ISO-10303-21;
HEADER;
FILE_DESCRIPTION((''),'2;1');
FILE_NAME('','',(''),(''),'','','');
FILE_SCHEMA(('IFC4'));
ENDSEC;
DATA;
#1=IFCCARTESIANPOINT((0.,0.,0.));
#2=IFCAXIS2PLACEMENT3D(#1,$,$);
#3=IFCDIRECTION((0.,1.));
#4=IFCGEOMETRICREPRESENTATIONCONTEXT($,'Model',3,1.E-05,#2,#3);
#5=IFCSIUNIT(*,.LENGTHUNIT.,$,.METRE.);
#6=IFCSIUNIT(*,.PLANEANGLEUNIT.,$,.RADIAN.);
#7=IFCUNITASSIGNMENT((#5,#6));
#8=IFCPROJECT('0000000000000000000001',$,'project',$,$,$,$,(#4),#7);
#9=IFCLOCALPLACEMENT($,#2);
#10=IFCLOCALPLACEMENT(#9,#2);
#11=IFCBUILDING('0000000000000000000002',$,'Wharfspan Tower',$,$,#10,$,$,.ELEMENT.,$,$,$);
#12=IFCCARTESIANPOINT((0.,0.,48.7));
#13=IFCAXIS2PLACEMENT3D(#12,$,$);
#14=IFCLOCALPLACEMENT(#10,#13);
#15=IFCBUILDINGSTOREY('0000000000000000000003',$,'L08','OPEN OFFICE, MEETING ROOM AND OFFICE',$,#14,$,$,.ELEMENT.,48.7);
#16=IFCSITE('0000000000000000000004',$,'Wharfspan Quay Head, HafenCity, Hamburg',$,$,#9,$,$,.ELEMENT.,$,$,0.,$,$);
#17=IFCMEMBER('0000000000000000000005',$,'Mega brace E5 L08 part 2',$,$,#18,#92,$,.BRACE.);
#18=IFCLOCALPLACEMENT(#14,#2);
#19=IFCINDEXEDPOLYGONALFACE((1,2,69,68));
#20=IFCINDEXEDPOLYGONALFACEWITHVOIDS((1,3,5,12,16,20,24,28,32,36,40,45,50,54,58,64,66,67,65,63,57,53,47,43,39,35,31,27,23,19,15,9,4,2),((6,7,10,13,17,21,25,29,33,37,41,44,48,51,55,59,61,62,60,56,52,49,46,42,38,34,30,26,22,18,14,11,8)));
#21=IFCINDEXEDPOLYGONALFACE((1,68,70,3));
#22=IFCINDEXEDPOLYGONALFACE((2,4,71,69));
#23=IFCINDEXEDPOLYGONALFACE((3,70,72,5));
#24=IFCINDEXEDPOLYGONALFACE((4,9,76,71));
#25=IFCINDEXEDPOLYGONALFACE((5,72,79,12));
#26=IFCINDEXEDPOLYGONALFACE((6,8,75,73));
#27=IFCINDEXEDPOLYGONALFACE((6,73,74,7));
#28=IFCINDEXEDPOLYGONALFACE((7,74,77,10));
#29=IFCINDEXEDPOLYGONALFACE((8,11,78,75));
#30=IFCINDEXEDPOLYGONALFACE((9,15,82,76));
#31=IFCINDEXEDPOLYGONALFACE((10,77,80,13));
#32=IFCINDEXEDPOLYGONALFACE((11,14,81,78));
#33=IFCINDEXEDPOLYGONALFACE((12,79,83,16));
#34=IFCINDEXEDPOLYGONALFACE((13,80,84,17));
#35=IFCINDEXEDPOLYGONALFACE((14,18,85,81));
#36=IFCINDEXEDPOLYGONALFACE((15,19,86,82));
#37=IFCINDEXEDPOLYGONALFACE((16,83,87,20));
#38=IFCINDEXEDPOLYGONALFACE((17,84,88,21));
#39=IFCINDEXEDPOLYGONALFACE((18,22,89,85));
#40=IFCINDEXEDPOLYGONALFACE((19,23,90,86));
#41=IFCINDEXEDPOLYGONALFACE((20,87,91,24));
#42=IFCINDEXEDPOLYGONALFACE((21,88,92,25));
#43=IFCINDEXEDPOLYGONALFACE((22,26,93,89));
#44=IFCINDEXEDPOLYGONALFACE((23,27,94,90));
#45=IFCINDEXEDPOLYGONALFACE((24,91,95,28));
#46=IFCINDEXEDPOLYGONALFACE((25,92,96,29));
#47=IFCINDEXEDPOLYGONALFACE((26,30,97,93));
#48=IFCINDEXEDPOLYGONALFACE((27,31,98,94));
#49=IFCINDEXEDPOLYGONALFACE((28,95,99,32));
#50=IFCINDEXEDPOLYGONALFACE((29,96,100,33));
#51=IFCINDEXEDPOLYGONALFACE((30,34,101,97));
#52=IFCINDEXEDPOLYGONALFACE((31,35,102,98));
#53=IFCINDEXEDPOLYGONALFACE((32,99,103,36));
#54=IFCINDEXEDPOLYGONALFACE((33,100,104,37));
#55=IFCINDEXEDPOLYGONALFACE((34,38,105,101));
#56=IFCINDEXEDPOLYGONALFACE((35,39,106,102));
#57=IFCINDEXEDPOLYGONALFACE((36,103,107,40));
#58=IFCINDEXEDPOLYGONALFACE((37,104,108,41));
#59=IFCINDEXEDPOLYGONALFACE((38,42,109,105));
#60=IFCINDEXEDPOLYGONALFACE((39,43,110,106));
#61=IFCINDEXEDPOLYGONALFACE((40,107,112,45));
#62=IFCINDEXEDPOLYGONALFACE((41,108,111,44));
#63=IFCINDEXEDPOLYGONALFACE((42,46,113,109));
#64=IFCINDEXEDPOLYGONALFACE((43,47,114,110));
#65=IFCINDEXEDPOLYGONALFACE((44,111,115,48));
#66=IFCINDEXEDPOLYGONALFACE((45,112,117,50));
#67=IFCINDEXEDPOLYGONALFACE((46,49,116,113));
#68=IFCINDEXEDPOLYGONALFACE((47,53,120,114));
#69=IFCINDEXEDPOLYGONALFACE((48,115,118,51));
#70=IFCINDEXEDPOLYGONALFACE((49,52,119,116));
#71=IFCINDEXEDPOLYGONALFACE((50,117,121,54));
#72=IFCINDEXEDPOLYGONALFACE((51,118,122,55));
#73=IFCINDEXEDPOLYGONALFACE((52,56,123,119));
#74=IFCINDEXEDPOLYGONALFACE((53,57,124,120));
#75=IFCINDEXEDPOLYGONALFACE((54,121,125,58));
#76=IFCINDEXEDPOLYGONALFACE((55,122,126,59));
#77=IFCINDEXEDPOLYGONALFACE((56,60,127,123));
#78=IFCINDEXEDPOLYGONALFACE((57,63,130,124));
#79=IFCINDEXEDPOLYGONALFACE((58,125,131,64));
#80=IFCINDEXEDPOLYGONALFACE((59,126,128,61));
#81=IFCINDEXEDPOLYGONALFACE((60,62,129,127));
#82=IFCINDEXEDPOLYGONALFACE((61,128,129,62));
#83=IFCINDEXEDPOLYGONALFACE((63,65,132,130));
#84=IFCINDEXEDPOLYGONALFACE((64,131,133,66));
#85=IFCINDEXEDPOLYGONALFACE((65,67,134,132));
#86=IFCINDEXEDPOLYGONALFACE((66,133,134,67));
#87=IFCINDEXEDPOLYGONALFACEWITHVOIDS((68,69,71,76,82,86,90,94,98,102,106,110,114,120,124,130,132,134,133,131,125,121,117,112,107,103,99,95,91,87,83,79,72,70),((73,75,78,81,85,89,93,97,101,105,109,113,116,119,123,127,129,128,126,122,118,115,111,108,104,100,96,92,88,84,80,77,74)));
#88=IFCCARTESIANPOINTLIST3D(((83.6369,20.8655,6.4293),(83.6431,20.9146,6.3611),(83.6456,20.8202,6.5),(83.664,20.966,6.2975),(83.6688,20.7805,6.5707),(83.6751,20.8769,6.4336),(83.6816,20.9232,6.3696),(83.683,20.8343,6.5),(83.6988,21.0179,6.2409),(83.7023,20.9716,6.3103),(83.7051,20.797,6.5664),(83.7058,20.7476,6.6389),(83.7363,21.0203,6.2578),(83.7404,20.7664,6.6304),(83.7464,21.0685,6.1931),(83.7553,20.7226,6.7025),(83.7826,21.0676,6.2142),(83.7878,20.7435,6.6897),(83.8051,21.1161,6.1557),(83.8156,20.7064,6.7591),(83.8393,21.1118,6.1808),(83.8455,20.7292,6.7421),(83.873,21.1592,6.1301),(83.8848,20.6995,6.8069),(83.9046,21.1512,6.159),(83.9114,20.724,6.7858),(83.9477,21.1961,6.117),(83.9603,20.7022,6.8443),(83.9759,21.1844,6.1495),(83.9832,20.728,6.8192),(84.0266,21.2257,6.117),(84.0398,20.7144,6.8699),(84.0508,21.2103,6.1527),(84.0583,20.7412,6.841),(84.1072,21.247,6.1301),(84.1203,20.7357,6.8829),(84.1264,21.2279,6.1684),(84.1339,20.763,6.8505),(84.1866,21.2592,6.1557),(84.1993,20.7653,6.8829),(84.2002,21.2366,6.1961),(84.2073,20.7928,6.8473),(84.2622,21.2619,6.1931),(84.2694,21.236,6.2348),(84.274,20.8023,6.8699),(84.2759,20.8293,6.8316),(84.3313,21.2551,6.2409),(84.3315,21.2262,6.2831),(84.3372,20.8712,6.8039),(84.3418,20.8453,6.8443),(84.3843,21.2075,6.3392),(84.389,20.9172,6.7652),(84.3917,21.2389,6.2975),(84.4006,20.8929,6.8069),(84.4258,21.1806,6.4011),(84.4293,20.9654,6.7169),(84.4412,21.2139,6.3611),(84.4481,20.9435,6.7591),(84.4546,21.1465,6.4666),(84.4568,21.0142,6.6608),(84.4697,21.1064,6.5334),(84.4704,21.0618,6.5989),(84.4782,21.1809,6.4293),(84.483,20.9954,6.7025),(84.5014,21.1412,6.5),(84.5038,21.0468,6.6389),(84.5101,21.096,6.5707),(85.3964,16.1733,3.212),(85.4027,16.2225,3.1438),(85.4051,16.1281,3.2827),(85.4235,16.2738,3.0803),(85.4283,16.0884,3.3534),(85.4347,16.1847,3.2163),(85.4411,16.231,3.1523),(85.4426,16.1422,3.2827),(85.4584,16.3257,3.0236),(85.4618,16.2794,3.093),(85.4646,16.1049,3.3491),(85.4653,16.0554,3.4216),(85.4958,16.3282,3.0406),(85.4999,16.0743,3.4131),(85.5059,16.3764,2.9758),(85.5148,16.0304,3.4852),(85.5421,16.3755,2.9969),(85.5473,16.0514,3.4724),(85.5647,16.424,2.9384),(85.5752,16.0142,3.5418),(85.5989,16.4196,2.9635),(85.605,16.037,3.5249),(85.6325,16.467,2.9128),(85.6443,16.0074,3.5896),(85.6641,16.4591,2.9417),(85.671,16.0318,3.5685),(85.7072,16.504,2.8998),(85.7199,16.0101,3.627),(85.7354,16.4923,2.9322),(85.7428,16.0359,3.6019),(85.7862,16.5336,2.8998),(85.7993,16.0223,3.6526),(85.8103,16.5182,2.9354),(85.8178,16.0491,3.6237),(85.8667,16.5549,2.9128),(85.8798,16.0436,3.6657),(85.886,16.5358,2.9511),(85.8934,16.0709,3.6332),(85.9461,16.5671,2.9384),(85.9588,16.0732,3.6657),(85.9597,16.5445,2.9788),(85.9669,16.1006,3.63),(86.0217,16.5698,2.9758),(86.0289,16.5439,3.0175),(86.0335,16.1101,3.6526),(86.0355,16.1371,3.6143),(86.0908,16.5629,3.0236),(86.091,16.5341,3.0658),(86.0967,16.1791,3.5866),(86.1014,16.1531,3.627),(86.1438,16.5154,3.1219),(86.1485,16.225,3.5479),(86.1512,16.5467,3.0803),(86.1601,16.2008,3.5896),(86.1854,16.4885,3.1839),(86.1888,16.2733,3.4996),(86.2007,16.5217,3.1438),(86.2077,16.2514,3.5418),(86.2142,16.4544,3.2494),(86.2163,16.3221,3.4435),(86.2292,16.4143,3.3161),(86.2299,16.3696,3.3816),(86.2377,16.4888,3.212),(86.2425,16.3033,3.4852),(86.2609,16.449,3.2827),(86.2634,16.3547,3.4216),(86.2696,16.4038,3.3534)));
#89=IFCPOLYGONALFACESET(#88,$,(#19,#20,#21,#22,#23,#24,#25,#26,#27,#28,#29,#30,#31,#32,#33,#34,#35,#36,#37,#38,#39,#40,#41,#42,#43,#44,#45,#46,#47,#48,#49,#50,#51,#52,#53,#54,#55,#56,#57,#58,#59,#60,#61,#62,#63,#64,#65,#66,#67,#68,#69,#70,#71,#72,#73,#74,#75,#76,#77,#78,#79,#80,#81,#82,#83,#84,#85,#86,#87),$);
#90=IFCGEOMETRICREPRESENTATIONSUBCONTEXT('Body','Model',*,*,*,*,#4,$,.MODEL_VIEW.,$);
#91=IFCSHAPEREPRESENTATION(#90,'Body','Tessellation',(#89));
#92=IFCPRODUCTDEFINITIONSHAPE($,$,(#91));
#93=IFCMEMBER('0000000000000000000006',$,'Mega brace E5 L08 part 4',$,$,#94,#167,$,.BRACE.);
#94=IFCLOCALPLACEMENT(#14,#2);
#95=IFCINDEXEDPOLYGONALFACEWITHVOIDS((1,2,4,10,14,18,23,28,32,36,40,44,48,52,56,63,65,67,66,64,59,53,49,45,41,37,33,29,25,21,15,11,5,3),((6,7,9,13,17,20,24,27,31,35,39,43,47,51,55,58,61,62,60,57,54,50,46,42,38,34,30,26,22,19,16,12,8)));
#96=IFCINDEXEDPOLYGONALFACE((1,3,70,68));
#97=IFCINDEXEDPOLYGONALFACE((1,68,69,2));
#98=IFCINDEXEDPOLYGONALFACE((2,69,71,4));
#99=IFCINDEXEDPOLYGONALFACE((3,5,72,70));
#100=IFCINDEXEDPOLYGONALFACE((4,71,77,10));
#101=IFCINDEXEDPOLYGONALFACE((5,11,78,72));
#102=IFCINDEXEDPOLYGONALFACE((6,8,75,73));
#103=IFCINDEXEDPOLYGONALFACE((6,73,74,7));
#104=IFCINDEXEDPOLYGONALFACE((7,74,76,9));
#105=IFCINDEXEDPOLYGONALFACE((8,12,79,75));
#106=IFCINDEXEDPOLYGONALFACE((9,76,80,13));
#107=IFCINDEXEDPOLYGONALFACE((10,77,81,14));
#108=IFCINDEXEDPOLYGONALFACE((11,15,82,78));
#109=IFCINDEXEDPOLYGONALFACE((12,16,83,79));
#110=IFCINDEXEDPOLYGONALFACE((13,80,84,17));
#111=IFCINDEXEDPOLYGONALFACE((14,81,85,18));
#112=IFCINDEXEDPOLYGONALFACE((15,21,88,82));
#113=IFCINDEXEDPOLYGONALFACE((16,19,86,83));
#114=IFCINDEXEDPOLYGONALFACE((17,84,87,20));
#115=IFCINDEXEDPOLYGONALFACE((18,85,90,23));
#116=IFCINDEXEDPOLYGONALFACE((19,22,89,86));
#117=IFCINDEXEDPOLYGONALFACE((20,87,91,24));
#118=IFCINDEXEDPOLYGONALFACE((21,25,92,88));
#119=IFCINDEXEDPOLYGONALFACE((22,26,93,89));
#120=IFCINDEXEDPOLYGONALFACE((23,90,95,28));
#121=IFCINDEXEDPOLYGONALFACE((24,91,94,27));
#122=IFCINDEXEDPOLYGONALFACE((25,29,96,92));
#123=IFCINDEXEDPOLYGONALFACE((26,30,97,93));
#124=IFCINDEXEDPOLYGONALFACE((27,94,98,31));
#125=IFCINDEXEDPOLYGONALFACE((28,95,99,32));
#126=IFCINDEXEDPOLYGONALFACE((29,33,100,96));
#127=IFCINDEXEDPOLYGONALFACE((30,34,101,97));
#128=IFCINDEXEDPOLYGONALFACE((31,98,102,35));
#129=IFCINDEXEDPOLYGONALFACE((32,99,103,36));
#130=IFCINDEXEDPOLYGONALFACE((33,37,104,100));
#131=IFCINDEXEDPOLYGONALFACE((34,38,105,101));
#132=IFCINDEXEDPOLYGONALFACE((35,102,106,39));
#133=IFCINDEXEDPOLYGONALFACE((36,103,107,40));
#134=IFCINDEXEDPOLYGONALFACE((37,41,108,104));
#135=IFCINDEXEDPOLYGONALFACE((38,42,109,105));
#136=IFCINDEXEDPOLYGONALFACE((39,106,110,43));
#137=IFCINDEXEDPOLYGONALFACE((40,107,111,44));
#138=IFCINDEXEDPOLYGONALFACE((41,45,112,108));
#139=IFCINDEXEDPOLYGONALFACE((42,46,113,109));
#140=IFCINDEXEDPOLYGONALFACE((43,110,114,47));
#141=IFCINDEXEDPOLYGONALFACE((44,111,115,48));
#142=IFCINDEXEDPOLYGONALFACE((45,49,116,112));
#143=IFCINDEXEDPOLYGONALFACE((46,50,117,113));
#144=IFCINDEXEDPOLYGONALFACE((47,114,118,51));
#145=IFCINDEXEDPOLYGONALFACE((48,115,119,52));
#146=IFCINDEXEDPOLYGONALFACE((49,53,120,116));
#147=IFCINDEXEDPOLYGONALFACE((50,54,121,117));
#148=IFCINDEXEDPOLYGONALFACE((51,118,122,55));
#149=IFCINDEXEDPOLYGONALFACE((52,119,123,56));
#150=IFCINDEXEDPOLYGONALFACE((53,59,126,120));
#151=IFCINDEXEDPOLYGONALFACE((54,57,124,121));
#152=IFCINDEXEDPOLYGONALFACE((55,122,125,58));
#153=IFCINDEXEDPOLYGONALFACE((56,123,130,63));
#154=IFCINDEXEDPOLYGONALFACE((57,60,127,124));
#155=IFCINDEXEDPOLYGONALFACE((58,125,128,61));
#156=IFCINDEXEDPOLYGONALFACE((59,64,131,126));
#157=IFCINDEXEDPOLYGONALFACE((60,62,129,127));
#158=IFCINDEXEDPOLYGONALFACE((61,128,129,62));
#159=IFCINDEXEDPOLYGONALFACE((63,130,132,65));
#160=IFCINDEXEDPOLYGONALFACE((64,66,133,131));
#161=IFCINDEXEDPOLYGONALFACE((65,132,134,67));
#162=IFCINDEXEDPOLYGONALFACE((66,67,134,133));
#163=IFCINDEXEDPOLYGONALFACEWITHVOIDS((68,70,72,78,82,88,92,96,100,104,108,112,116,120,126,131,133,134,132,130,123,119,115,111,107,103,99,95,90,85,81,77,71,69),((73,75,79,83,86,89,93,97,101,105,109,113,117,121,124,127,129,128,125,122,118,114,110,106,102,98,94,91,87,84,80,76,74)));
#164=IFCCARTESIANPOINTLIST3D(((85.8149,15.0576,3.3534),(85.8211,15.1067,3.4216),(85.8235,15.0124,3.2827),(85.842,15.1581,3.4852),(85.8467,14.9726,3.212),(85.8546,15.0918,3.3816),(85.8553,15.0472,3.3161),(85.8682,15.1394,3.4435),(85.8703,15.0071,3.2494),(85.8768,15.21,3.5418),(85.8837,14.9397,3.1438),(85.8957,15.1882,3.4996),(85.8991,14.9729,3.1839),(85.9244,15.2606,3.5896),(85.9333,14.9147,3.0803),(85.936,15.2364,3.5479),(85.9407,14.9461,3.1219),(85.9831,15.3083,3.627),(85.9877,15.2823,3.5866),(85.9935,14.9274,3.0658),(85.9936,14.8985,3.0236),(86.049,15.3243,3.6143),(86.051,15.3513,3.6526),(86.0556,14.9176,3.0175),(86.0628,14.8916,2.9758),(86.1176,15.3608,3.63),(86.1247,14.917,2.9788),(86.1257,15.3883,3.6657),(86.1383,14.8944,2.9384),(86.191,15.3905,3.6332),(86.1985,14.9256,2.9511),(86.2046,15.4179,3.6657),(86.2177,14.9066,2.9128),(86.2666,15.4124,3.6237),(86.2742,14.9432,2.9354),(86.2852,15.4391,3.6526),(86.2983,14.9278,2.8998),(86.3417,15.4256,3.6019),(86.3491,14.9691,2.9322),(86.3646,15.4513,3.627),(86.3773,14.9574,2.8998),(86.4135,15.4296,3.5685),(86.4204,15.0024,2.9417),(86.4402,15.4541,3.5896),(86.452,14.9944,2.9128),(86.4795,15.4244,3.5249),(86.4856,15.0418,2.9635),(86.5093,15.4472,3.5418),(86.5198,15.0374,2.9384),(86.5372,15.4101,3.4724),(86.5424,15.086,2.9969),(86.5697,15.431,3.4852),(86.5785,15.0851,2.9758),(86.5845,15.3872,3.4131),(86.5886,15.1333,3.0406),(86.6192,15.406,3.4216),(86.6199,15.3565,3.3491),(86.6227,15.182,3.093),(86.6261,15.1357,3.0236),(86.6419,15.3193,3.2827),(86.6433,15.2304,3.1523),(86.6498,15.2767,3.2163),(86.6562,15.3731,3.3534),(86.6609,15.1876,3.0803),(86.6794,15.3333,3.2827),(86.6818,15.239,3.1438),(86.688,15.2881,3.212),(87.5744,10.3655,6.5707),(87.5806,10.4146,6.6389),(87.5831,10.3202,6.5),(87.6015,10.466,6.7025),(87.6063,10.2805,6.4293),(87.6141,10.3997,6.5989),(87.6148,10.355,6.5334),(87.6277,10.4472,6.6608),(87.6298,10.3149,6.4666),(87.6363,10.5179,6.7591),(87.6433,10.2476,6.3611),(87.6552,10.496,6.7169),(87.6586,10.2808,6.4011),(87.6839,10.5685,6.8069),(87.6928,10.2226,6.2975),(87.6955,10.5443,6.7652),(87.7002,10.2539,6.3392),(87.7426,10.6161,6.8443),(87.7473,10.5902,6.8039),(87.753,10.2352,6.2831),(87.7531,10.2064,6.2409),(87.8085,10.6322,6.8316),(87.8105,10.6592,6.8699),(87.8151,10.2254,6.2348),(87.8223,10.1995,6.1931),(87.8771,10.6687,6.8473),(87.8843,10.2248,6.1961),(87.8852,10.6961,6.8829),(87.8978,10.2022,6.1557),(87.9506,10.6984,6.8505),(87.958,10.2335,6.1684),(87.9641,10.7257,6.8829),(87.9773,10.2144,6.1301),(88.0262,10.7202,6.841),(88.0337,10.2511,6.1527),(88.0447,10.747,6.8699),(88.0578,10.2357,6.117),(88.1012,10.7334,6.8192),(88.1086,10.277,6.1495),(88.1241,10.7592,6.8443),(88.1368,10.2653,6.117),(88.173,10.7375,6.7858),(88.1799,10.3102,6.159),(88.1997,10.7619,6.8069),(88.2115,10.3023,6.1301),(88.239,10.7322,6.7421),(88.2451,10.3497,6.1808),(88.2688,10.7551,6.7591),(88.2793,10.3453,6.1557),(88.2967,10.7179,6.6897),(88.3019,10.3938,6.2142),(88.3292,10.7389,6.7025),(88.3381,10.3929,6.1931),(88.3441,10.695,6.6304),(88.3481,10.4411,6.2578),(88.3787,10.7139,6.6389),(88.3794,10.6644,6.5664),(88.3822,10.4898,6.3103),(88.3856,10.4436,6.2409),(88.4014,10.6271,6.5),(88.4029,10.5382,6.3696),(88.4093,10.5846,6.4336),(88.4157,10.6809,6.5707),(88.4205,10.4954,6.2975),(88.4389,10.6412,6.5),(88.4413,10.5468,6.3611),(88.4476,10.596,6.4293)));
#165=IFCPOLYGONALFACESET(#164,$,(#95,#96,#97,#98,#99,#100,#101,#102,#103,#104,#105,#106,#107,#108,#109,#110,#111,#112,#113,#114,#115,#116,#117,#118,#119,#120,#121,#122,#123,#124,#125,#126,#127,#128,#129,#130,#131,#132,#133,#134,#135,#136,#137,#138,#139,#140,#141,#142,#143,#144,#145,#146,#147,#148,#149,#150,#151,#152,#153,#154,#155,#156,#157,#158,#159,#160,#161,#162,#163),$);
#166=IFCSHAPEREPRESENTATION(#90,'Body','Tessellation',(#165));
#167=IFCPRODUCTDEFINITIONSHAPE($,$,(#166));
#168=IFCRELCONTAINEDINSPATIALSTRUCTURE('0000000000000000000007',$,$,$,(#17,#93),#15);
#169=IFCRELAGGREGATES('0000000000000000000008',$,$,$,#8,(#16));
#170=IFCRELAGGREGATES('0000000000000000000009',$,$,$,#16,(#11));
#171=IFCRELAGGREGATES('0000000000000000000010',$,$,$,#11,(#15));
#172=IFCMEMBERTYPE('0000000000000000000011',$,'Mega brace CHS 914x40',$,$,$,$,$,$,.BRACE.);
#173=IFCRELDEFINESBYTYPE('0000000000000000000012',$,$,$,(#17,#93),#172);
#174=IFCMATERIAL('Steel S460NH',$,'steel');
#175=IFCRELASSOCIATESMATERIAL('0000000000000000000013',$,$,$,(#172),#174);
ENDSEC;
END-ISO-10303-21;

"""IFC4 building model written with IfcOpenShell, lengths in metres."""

from ifc_helpers import new_model, si_unit, direction, frame, origin, origin_2d, place, context, subcontext, project, spatial, hollow_circle, extrude, material, material_profile, profile_set, type_object, element, save


model = new_model("IFC4")

# Units and contexts
model_context = context("Model", 3, precision=1e-05, world=origin(), true_north=direction((0.0, 1.0)))
body_context = subcontext(model_context, "Body", "Model", "MODEL_VIEW")
ifc_project = project(units=[si_unit("LENGTHUNIT", "METRE"), si_unit("PLANEANGLEUNIT", "RADIAN")], contexts=[model_context])

# Site, building, storey
site_placement = place(None, origin())
site = spatial("IfcSite", under=ifc_project, at=site_placement, Name="Wharfspan Quay Head, HafenCity, Hamburg", CompositionType="ELEMENT", RefElevation=0.0)
building_placement = place(site_placement, origin())
building = spatial("IfcBuilding", under=site, at=building_placement, Name="Wharfspan Tower", CompositionType="ELEMENT")
storey_placement = place(building_placement, frame((0.0, 0.0, 48.7)))
storey = spatial("IfcBuildingStorey", under=building, at=storey_placement, Name="L08", Description="OPEN OFFICE, MEETING ROOM AND OFFICE", CompositionType="ELEMENT", Elevation=48.7)

# Shared definitions
ifc_material_1 = material(Name="Steel S460NH", Category="steel")

# Members
ifc_material_profile_1 = material_profile(ifc_material_1, hollow_circle(Radius=0.457, WallThickness=0.04, at=origin_2d()))
ifc_profile_set_1 = profile_set([ifc_material_profile_1], Name="Steel S460NH")
member_type_1 = type_object("IfcMemberType", Name="Mega brace CHS 914x40", PredefinedType="BRACE", material=ifc_profile_set_1)
for number, where, z_axis, x_axis, name in (
    (1, (85.833, 16.2886, 3.2827), (-0.295466, 0.787922, 0.540259), (-0.936329, -0.351115, -0.000004), "Mega brace E5 L08 part 2"),
    (2, (86.2515, 15.1729, 3.2827), (0.295466, -0.787922, 0.540259), (0.936329, 0.351115, -0.000004), "Mega brace E5 L08 part 4"),
):
    element("IfcMember", number, at=place(storey_placement, frame(where, z_axis=z_axis, x_axis=x_axis)), inside=storey, type_object=member_type_1, Name=name, PredefinedType="BRACE", context=body_context, shape_type="SweptSolid", body=[
        extrude(hollow_circle(Radius=0.457, WallThickness=0.04, at=origin_2d()), origin(), (0.0, 0.0, 1.0), 5.9551),
    ])

save(model, "model.ifc")
